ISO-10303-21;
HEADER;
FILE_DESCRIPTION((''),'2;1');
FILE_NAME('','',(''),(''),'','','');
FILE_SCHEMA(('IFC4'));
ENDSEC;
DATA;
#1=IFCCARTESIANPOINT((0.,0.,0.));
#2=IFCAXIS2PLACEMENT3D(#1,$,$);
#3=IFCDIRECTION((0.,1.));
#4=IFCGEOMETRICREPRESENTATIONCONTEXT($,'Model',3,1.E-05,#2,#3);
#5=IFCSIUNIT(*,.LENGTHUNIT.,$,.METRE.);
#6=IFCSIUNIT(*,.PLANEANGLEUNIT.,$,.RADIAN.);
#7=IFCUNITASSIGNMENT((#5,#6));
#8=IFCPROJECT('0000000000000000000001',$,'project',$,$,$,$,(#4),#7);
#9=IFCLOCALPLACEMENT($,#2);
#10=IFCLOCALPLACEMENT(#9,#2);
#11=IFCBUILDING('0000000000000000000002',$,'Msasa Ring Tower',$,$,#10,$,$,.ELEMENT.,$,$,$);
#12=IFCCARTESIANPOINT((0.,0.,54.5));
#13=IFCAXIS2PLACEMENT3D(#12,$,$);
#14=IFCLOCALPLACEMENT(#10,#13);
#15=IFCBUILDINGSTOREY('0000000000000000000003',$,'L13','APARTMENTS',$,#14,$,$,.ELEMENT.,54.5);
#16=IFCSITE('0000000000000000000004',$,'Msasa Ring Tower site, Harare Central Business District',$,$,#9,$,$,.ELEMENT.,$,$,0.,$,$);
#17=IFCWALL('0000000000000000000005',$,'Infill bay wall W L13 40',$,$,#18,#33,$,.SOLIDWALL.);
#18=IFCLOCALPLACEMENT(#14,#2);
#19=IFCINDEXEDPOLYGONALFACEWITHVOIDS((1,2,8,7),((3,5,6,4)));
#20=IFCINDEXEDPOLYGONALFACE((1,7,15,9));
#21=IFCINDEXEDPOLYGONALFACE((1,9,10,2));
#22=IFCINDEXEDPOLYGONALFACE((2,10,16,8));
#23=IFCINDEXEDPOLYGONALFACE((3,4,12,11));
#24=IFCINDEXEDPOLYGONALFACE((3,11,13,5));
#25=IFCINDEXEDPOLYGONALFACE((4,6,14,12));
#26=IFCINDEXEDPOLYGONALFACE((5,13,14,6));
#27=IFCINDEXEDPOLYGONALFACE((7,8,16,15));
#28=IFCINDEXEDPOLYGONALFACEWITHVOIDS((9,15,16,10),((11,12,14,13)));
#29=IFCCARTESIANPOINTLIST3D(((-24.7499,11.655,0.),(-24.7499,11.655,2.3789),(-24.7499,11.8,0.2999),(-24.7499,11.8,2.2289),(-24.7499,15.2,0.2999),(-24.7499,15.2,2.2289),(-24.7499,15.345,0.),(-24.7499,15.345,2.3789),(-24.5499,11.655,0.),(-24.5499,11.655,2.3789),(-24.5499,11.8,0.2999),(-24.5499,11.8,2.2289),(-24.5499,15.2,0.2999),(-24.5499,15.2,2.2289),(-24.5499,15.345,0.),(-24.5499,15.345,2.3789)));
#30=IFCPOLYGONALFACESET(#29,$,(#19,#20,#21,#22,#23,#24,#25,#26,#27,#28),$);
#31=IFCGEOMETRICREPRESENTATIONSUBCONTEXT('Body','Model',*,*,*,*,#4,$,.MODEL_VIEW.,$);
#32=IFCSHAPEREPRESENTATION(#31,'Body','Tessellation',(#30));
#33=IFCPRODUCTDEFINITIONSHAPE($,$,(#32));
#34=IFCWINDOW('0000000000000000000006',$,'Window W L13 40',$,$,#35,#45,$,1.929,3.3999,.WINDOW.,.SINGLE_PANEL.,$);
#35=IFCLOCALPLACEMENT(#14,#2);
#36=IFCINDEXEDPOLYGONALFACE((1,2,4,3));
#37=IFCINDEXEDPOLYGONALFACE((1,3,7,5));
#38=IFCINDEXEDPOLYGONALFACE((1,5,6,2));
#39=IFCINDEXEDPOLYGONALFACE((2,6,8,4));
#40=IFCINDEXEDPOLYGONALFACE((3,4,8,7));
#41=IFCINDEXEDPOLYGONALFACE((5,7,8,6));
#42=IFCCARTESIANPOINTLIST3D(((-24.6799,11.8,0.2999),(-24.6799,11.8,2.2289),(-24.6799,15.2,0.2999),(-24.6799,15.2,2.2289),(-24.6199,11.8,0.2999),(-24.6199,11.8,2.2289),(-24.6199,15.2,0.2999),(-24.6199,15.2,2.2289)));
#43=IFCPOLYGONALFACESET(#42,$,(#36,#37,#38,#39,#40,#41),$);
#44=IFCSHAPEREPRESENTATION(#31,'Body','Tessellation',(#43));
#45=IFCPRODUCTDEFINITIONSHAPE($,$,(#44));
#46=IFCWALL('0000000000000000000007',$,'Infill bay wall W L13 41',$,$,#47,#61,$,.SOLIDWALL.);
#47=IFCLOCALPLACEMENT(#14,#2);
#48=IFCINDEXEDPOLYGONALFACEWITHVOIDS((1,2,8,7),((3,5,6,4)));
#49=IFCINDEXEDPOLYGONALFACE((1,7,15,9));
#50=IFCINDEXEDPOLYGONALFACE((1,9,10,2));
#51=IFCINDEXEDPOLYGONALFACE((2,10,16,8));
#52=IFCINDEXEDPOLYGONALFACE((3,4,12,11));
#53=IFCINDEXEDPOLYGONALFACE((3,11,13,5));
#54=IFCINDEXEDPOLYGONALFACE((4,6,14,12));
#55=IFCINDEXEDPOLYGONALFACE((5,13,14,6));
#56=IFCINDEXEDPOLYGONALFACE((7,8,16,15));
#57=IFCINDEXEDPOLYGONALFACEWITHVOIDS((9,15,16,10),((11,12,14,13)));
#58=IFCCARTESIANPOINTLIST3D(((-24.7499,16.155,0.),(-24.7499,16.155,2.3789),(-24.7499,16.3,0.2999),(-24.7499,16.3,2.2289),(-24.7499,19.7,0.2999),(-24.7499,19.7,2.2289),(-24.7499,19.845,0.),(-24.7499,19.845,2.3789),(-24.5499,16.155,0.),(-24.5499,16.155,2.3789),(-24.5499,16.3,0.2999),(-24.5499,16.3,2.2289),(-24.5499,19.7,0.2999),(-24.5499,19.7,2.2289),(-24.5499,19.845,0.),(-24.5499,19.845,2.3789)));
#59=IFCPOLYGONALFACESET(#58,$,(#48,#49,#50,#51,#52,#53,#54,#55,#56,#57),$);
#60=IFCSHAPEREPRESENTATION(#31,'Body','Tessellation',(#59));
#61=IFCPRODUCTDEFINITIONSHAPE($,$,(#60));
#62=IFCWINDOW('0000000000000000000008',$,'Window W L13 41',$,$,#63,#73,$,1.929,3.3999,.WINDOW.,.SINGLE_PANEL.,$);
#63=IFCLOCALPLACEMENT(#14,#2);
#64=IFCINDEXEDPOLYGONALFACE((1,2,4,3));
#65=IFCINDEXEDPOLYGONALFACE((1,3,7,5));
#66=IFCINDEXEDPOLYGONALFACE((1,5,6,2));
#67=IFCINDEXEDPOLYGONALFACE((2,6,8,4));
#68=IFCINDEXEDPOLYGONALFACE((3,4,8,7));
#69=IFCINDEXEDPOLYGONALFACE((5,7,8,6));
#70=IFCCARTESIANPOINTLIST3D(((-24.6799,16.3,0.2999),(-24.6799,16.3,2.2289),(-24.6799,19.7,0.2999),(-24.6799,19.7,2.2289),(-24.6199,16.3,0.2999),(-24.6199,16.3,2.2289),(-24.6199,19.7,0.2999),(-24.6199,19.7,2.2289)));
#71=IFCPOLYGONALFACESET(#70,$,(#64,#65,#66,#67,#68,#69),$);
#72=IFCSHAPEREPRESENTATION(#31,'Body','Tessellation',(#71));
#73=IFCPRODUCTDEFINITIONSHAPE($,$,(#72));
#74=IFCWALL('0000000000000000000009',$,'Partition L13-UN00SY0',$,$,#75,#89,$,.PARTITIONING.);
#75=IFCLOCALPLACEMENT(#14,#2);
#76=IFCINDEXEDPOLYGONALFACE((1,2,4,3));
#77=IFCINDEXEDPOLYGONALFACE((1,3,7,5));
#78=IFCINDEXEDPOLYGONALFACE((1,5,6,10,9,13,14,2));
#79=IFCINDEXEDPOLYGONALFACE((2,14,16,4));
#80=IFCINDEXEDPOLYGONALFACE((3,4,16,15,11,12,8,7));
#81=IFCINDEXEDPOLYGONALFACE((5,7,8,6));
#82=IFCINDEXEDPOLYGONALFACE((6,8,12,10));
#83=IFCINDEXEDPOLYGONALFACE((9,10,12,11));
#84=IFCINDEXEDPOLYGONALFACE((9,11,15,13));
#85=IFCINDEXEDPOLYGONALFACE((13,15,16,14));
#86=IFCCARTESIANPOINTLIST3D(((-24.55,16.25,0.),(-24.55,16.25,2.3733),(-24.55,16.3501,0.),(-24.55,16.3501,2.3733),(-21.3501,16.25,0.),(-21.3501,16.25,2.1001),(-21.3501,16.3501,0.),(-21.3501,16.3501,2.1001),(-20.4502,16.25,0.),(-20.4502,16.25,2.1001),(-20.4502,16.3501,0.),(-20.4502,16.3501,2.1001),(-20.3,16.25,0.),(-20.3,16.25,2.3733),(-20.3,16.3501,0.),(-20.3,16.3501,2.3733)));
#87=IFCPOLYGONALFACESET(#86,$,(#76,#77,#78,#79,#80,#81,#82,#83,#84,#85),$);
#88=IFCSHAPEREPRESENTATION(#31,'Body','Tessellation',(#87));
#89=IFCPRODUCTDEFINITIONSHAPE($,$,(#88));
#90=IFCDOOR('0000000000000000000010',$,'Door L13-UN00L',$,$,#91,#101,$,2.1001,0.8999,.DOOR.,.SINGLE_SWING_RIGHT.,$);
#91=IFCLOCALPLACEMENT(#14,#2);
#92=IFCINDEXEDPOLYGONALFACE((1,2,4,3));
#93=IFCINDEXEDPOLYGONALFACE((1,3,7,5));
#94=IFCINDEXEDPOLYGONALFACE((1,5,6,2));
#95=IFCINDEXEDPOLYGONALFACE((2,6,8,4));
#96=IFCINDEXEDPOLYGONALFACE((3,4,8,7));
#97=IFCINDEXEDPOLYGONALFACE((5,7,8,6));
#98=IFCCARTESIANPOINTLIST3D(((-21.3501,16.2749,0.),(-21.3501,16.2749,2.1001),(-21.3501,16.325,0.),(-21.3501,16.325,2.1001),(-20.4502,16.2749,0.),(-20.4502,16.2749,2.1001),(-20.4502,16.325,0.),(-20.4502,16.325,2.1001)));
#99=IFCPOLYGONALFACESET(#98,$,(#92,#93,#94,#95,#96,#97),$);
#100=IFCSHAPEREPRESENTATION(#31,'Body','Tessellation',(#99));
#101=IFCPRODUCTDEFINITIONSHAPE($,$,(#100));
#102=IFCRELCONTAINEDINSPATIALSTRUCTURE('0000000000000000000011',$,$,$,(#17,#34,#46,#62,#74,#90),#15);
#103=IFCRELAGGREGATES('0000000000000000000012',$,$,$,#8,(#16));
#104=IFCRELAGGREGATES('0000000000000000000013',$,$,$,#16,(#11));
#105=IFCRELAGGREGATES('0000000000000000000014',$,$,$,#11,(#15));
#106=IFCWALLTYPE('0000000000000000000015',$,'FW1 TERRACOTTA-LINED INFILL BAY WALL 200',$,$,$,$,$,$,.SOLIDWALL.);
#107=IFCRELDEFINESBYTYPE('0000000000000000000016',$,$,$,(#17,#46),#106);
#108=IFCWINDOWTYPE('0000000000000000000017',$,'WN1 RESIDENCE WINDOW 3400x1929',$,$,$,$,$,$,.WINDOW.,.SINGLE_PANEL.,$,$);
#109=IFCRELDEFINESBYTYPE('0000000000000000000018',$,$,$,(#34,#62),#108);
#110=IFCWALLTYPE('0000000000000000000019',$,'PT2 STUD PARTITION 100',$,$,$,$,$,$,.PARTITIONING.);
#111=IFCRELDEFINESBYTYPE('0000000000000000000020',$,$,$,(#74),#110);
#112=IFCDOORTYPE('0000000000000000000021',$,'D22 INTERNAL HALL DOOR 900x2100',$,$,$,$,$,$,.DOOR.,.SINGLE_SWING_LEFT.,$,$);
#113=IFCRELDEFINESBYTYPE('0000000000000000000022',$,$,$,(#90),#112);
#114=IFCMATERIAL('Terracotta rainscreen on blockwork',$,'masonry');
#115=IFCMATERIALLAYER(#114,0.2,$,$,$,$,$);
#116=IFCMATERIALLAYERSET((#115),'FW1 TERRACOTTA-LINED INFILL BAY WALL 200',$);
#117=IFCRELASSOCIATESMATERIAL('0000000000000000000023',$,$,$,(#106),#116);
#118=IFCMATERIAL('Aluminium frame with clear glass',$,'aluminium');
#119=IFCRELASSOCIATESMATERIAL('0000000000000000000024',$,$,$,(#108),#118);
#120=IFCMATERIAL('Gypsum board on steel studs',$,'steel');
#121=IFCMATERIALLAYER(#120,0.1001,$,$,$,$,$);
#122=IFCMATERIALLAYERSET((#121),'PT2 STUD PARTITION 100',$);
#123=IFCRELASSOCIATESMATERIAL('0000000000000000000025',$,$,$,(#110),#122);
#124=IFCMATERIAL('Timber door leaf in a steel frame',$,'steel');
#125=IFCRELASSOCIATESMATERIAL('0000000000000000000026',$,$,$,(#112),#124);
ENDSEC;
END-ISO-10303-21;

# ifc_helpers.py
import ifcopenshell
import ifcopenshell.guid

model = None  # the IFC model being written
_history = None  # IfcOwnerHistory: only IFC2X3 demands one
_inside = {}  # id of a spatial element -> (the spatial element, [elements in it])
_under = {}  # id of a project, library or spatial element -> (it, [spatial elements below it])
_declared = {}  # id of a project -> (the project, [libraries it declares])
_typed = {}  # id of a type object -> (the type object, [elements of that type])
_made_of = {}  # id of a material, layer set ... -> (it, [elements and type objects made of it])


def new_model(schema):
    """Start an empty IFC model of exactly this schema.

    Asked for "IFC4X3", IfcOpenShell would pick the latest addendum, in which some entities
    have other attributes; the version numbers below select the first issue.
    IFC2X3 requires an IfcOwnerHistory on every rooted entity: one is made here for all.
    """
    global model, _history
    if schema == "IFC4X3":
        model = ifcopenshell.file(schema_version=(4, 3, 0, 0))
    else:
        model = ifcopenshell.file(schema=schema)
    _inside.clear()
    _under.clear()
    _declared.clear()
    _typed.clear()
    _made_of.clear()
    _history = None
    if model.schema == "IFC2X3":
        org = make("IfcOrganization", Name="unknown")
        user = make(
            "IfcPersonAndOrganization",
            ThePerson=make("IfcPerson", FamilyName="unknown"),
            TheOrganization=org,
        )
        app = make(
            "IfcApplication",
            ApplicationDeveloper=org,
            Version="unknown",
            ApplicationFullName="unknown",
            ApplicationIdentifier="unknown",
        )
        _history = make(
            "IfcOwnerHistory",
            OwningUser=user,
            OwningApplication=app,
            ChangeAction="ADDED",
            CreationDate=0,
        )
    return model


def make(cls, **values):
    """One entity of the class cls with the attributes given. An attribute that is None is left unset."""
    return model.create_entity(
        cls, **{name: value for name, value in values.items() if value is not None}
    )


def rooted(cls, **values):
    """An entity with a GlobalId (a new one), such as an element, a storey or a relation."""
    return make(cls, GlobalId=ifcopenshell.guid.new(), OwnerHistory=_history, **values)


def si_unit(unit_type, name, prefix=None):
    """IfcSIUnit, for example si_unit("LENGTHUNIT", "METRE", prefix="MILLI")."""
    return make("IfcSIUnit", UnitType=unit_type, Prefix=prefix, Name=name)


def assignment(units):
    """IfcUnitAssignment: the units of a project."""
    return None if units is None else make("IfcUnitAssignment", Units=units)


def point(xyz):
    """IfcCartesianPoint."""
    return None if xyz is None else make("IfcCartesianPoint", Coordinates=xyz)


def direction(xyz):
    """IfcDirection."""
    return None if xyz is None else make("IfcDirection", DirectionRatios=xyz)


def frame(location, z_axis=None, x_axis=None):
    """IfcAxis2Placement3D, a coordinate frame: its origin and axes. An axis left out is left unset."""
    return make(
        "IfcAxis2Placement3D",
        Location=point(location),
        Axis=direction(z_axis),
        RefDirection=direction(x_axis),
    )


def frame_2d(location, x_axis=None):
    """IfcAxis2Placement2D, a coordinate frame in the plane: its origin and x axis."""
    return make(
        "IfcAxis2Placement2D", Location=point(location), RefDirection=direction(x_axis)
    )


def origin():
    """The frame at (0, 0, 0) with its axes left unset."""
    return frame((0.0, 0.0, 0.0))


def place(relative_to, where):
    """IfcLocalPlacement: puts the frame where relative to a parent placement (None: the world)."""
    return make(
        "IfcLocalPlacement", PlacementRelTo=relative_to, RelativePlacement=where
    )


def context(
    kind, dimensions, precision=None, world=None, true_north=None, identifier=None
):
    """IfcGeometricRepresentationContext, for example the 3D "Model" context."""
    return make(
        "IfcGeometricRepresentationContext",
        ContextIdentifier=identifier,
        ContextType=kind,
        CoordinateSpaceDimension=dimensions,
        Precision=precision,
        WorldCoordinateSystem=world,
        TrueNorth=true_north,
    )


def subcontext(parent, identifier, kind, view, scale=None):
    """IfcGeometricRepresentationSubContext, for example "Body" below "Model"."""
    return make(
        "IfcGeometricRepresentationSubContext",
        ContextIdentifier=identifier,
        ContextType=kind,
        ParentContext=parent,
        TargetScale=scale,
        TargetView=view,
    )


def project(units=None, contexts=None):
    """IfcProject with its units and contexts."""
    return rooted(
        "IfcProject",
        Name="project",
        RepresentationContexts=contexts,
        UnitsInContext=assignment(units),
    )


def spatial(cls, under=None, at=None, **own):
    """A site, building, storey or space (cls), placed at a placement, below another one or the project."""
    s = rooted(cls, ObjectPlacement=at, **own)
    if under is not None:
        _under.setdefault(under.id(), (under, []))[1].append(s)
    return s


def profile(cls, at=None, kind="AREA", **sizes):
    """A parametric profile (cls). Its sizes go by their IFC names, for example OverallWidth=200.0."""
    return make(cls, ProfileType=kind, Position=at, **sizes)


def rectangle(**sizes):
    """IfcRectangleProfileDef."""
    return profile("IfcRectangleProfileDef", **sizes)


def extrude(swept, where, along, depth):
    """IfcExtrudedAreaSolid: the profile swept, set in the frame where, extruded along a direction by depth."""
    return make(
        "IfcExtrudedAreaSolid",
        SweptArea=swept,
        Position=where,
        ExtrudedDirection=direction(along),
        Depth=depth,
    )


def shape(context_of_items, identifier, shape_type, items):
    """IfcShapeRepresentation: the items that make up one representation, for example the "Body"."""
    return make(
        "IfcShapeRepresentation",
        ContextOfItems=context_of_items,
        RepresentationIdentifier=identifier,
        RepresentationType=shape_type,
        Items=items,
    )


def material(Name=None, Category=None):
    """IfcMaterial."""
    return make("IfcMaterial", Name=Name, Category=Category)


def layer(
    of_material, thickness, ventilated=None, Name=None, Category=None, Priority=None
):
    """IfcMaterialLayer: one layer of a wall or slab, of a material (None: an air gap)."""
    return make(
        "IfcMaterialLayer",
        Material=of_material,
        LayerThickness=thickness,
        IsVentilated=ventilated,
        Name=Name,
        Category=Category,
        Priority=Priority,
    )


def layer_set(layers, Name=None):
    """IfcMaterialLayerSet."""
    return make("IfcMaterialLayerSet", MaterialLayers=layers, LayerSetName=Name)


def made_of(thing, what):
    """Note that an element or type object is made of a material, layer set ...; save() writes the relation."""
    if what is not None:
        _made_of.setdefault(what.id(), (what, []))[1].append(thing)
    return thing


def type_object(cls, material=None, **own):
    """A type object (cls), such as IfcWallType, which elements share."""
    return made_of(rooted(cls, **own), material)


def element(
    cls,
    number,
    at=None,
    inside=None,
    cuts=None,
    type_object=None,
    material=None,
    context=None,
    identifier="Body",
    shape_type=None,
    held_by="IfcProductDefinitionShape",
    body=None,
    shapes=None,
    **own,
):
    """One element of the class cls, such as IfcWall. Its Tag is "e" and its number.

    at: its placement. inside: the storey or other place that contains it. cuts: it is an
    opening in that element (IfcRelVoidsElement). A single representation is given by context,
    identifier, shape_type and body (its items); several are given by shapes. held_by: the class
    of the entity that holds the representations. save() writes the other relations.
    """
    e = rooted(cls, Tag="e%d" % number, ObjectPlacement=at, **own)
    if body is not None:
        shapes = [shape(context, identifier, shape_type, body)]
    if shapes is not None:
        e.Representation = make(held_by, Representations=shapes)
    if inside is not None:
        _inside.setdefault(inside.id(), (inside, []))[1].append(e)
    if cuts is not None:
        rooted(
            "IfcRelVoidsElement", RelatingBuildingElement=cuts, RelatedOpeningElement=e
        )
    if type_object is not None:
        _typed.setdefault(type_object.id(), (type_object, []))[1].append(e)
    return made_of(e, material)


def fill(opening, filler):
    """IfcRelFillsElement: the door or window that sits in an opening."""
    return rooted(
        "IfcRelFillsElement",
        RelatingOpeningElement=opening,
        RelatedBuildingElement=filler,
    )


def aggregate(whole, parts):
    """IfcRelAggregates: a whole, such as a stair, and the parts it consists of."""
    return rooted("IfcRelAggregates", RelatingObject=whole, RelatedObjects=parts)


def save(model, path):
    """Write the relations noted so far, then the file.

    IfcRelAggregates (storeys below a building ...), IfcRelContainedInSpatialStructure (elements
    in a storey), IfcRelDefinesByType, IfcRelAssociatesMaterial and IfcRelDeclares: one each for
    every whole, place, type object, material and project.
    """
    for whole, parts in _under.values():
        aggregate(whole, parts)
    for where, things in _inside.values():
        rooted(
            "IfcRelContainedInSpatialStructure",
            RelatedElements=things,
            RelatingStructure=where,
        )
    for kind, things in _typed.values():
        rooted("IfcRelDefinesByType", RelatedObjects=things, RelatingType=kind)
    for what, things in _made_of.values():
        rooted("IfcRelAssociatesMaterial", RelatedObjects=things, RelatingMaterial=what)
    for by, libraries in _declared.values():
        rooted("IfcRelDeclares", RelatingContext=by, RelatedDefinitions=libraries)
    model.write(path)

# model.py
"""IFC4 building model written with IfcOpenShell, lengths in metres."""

from ifc_helpers import new_model, si_unit, direction, frame, frame_2d, origin, place, context, subcontext, project, spatial, rectangle, extrude, material, layer, layer_set, type_object, element, fill, save


model = new_model("IFC4")

# Units and contexts
model_context = context("Model", 3, precision=1e-05, world=origin(), true_north=direction((0.0, 1.0)))
body_context = subcontext(model_context, "Body", "Model", "MODEL_VIEW")
ifc_project = project(units=[si_unit("LENGTHUNIT", "METRE"), si_unit("PLANEANGLEUNIT", "RADIAN")], contexts=[model_context])

# Site, building, storey
site_placement = place(None, origin())
site = spatial("IfcSite", under=ifc_project, at=site_placement, Name="Msasa Ring Tower site, Harare Central Business District", CompositionType="ELEMENT", RefElevation=0.0)
building_placement = place(site_placement, origin())
building = spatial("IfcBuilding", under=site, at=building_placement, Name="Msasa Ring Tower", CompositionType="ELEMENT")
storey_placement = place(building_placement, frame((0.0, 0.0, 54.5)))
storey = spatial("IfcBuildingStorey", under=building, at=storey_placement, Name="L13", Description="APARTMENTS", CompositionType="ELEMENT", Elevation=54.5)

# Walls, openings, windows
ifc_material_1 = material(Name="Terracotta rainscreen on blockwork", Category="masonry")
ifc_layer_1 = layer(ifc_material_1, 0.2)
ifc_layer_set_1 = layer_set([ifc_layer_1], Name="FW1 TERRACOTTA-LINED INFILL BAY WALL 200")
wall_type_1 = type_object("IfcWallType", Name="FW1 TERRACOTTA-LINED INFILL BAY WALL 200", PredefinedType="SOLIDWALL", material=ifc_layer_set_1)
wall_1_placement = place(storey_placement, frame((-24.6499, 11.655, 0.0), z_axis=(0.0, 0.0, 1.0), x_axis=(0.0, 1.0, 0.0)))
wall_1 = element("IfcWall", 1, at=wall_1_placement, inside=storey, type_object=wall_type_1, Name="Infill bay wall W L13 40", PredefinedType="SOLIDWALL", context=body_context, shape_type="SweptSolid", body=[
    extrude(rectangle(XDim=3.6899, YDim=0.2, at=frame_2d((1.845, 0.0))), origin(), (0.0, 0.0, 1.0), 2.3789),
])
opening_1_placement = place(wall_1_placement, frame((0.145, 0.0, 0.3)))
opening_1 = element("IfcOpeningElement", 2, at=opening_1_placement, cuts=wall_1, PredefinedType="OPENING", context=body_context, shape_type="SweptSolid", body=[
    extrude(rectangle(XDim=3.3999, YDim=1.929, at=frame_2d((1.7, 0.9644))), frame((0.0, 0.1099, 0.0), z_axis=(0.0, -1.0, 0.0), x_axis=(1.0, 0.0, 0.0)), (0.0, 0.0, 1.0), 0.22),
])
ifc_material_2 = material(Name="Aluminium frame with clear glass", Category="aluminium")
window_type = type_object("IfcWindowType", Name="WN1 RESIDENCE WINDOW 3400x1929", PartitioningType="SINGLE_PANEL", PredefinedType="WINDOW", material=ifc_material_2)
window_1_placement = place(opening_1_placement, origin())
window_1 = element("IfcWindow", 3, at=window_1_placement, inside=storey, type_object=window_type, Name="Window W L13 40", OverallHeight=1.929, OverallWidth=3.3999, PartitioningType="SINGLE_PANEL", PredefinedType="WINDOW", context=body_context, shape_type="SweptSolid", body=[
    extrude(rectangle(XDim=3.3999, YDim=1.929, at=frame_2d((1.7, 0.9644))), frame((0.0, 0.03, 0.0), z_axis=(0.0, -1.0, 0.0), x_axis=(1.0, 0.0, 0.0)), (0.0, 0.0, 1.0), 0.0601),
])
fill(opening_1, window_1)
wall_2_placement = place(storey_placement, frame((-24.6499, 16.155, 0.0), z_axis=(0.0, 0.0, 1.0), x_axis=(0.0, 1.0, 0.0)))
wall_2 = element("IfcWall", 4, at=wall_2_placement, inside=storey, type_object=wall_type_1, Name="Infill bay wall W L13 41", PredefinedType="SOLIDWALL", context=body_context, shape_type="SweptSolid", body=[
    extrude(rectangle(XDim=3.6899, YDim=0.2, at=frame_2d((1.845, 0.0))), origin(), (0.0, 0.0, 1.0), 2.3789),
])
opening_2_placement = place(wall_2_placement, frame((0.145, 0.0, 0.3)))
opening_2 = element("IfcOpeningElement", 5, at=opening_2_placement, cuts=wall_2, PredefinedType="OPENING", context=body_context, shape_type="SweptSolid", body=[
    extrude(rectangle(XDim=3.3999, YDim=1.929, at=frame_2d((1.7, 0.9644))), frame((0.0, 0.1099, 0.0), z_axis=(0.0, -1.0, 0.0), x_axis=(1.0, 0.0, 0.0)), (0.0, 0.0, 1.0), 0.22),
])
window_2_placement = place(opening_2_placement, origin())
window_2 = element("IfcWindow", 6, at=window_2_placement, inside=storey, type_object=window_type, Name="Window W L13 41", OverallHeight=1.929, OverallWidth=3.3999, PartitioningType="SINGLE_PANEL", PredefinedType="WINDOW", context=body_context, shape_type="SweptSolid", body=[
    extrude(rectangle(XDim=3.3999, YDim=1.929, at=frame_2d((1.7, 0.9644))), frame((0.0, 0.03, 0.0), z_axis=(0.0, -1.0, 0.0), x_axis=(1.0, 0.0, 0.0)), (0.0, 0.0, 1.0), 0.0601),
])
fill(opening_2, window_2)

# Wall, opening, door
ifc_material_3 = material(Name="Gypsum board on steel studs", Category="steel")
ifc_layer_2 = layer(ifc_material_3, 0.1001)
ifc_layer_set_2 = layer_set([ifc_layer_2], Name="PT2 STUD PARTITION 100")
wall_type_2 = type_object("IfcWallType", Name="PT2 STUD PARTITION 100", PredefinedType="PARTITIONING", material=ifc_layer_set_2)
wall_3_placement = place(storey_placement, frame((-24.55, 16.3, 0.0), z_axis=(0.0, 0.0, 1.0), x_axis=(1.0, 0.0, 0.0)))
wall_3 = element("IfcWall", 7, at=wall_3_placement, inside=storey, type_object=wall_type_2, Name="Partition L13-UN00SY0", PredefinedType="PARTITIONING", context=body_context, shape_type="SweptSolid", body=[
    extrude(rectangle(XDim=4.25, YDim=0.1001, at=frame_2d((2.125, 0.0))), origin(), (0.0, 0.0, 1.0), 2.3733),
])
opening_3_placement = place(wall_3_placement, frame((3.2, 0.0, 0.0)))
opening_3 = element("IfcOpeningElement", 8, at=opening_3_placement, cuts=wall_3, PredefinedType="OPENING", context=body_context, shape_type="SweptSolid", body=[
    extrude(rectangle(XDim=0.8999, YDim=2.1001, at=frame_2d((0.45, 1.05))), frame((0.0, 0.0601, 0.0), z_axis=(0.0, -1.0, 0.0), x_axis=(1.0, 0.0, 0.0)), (0.0, 0.0, 1.0), 0.1201),
])
ifc_material_4 = material(Name="Timber door leaf in a steel frame", Category="steel")
door_type = type_object("IfcDoorType", Name="D22 INTERNAL HALL DOOR 900x2100", OperationType="SINGLE_SWING_LEFT", PredefinedType="DOOR", material=ifc_material_4)
door_placement = place(opening_3_placement, origin())
door = element("IfcDoor", 9, at=door_placement, inside=storey, type_object=door_type, Name="Door L13-UN00L", OperationType="SINGLE_SWING_RIGHT", OverallHeight=2.1001, OverallWidth=0.8999, PredefinedType="DOOR", context=body_context, shape_type="SweptSolid", body=[
    extrude(rectangle(XDim=0.8999, YDim=2.1001, at=frame_2d((0.45, 1.05))), frame((0.0, 0.0249, 0.0), z_axis=(0.0, -1.0, 0.0), x_axis=(1.0, 0.0, 0.0)), (0.0, 0.0, 1.0), 0.05),
])
fill(opening_3, door)

save(model, "model.ifc")
